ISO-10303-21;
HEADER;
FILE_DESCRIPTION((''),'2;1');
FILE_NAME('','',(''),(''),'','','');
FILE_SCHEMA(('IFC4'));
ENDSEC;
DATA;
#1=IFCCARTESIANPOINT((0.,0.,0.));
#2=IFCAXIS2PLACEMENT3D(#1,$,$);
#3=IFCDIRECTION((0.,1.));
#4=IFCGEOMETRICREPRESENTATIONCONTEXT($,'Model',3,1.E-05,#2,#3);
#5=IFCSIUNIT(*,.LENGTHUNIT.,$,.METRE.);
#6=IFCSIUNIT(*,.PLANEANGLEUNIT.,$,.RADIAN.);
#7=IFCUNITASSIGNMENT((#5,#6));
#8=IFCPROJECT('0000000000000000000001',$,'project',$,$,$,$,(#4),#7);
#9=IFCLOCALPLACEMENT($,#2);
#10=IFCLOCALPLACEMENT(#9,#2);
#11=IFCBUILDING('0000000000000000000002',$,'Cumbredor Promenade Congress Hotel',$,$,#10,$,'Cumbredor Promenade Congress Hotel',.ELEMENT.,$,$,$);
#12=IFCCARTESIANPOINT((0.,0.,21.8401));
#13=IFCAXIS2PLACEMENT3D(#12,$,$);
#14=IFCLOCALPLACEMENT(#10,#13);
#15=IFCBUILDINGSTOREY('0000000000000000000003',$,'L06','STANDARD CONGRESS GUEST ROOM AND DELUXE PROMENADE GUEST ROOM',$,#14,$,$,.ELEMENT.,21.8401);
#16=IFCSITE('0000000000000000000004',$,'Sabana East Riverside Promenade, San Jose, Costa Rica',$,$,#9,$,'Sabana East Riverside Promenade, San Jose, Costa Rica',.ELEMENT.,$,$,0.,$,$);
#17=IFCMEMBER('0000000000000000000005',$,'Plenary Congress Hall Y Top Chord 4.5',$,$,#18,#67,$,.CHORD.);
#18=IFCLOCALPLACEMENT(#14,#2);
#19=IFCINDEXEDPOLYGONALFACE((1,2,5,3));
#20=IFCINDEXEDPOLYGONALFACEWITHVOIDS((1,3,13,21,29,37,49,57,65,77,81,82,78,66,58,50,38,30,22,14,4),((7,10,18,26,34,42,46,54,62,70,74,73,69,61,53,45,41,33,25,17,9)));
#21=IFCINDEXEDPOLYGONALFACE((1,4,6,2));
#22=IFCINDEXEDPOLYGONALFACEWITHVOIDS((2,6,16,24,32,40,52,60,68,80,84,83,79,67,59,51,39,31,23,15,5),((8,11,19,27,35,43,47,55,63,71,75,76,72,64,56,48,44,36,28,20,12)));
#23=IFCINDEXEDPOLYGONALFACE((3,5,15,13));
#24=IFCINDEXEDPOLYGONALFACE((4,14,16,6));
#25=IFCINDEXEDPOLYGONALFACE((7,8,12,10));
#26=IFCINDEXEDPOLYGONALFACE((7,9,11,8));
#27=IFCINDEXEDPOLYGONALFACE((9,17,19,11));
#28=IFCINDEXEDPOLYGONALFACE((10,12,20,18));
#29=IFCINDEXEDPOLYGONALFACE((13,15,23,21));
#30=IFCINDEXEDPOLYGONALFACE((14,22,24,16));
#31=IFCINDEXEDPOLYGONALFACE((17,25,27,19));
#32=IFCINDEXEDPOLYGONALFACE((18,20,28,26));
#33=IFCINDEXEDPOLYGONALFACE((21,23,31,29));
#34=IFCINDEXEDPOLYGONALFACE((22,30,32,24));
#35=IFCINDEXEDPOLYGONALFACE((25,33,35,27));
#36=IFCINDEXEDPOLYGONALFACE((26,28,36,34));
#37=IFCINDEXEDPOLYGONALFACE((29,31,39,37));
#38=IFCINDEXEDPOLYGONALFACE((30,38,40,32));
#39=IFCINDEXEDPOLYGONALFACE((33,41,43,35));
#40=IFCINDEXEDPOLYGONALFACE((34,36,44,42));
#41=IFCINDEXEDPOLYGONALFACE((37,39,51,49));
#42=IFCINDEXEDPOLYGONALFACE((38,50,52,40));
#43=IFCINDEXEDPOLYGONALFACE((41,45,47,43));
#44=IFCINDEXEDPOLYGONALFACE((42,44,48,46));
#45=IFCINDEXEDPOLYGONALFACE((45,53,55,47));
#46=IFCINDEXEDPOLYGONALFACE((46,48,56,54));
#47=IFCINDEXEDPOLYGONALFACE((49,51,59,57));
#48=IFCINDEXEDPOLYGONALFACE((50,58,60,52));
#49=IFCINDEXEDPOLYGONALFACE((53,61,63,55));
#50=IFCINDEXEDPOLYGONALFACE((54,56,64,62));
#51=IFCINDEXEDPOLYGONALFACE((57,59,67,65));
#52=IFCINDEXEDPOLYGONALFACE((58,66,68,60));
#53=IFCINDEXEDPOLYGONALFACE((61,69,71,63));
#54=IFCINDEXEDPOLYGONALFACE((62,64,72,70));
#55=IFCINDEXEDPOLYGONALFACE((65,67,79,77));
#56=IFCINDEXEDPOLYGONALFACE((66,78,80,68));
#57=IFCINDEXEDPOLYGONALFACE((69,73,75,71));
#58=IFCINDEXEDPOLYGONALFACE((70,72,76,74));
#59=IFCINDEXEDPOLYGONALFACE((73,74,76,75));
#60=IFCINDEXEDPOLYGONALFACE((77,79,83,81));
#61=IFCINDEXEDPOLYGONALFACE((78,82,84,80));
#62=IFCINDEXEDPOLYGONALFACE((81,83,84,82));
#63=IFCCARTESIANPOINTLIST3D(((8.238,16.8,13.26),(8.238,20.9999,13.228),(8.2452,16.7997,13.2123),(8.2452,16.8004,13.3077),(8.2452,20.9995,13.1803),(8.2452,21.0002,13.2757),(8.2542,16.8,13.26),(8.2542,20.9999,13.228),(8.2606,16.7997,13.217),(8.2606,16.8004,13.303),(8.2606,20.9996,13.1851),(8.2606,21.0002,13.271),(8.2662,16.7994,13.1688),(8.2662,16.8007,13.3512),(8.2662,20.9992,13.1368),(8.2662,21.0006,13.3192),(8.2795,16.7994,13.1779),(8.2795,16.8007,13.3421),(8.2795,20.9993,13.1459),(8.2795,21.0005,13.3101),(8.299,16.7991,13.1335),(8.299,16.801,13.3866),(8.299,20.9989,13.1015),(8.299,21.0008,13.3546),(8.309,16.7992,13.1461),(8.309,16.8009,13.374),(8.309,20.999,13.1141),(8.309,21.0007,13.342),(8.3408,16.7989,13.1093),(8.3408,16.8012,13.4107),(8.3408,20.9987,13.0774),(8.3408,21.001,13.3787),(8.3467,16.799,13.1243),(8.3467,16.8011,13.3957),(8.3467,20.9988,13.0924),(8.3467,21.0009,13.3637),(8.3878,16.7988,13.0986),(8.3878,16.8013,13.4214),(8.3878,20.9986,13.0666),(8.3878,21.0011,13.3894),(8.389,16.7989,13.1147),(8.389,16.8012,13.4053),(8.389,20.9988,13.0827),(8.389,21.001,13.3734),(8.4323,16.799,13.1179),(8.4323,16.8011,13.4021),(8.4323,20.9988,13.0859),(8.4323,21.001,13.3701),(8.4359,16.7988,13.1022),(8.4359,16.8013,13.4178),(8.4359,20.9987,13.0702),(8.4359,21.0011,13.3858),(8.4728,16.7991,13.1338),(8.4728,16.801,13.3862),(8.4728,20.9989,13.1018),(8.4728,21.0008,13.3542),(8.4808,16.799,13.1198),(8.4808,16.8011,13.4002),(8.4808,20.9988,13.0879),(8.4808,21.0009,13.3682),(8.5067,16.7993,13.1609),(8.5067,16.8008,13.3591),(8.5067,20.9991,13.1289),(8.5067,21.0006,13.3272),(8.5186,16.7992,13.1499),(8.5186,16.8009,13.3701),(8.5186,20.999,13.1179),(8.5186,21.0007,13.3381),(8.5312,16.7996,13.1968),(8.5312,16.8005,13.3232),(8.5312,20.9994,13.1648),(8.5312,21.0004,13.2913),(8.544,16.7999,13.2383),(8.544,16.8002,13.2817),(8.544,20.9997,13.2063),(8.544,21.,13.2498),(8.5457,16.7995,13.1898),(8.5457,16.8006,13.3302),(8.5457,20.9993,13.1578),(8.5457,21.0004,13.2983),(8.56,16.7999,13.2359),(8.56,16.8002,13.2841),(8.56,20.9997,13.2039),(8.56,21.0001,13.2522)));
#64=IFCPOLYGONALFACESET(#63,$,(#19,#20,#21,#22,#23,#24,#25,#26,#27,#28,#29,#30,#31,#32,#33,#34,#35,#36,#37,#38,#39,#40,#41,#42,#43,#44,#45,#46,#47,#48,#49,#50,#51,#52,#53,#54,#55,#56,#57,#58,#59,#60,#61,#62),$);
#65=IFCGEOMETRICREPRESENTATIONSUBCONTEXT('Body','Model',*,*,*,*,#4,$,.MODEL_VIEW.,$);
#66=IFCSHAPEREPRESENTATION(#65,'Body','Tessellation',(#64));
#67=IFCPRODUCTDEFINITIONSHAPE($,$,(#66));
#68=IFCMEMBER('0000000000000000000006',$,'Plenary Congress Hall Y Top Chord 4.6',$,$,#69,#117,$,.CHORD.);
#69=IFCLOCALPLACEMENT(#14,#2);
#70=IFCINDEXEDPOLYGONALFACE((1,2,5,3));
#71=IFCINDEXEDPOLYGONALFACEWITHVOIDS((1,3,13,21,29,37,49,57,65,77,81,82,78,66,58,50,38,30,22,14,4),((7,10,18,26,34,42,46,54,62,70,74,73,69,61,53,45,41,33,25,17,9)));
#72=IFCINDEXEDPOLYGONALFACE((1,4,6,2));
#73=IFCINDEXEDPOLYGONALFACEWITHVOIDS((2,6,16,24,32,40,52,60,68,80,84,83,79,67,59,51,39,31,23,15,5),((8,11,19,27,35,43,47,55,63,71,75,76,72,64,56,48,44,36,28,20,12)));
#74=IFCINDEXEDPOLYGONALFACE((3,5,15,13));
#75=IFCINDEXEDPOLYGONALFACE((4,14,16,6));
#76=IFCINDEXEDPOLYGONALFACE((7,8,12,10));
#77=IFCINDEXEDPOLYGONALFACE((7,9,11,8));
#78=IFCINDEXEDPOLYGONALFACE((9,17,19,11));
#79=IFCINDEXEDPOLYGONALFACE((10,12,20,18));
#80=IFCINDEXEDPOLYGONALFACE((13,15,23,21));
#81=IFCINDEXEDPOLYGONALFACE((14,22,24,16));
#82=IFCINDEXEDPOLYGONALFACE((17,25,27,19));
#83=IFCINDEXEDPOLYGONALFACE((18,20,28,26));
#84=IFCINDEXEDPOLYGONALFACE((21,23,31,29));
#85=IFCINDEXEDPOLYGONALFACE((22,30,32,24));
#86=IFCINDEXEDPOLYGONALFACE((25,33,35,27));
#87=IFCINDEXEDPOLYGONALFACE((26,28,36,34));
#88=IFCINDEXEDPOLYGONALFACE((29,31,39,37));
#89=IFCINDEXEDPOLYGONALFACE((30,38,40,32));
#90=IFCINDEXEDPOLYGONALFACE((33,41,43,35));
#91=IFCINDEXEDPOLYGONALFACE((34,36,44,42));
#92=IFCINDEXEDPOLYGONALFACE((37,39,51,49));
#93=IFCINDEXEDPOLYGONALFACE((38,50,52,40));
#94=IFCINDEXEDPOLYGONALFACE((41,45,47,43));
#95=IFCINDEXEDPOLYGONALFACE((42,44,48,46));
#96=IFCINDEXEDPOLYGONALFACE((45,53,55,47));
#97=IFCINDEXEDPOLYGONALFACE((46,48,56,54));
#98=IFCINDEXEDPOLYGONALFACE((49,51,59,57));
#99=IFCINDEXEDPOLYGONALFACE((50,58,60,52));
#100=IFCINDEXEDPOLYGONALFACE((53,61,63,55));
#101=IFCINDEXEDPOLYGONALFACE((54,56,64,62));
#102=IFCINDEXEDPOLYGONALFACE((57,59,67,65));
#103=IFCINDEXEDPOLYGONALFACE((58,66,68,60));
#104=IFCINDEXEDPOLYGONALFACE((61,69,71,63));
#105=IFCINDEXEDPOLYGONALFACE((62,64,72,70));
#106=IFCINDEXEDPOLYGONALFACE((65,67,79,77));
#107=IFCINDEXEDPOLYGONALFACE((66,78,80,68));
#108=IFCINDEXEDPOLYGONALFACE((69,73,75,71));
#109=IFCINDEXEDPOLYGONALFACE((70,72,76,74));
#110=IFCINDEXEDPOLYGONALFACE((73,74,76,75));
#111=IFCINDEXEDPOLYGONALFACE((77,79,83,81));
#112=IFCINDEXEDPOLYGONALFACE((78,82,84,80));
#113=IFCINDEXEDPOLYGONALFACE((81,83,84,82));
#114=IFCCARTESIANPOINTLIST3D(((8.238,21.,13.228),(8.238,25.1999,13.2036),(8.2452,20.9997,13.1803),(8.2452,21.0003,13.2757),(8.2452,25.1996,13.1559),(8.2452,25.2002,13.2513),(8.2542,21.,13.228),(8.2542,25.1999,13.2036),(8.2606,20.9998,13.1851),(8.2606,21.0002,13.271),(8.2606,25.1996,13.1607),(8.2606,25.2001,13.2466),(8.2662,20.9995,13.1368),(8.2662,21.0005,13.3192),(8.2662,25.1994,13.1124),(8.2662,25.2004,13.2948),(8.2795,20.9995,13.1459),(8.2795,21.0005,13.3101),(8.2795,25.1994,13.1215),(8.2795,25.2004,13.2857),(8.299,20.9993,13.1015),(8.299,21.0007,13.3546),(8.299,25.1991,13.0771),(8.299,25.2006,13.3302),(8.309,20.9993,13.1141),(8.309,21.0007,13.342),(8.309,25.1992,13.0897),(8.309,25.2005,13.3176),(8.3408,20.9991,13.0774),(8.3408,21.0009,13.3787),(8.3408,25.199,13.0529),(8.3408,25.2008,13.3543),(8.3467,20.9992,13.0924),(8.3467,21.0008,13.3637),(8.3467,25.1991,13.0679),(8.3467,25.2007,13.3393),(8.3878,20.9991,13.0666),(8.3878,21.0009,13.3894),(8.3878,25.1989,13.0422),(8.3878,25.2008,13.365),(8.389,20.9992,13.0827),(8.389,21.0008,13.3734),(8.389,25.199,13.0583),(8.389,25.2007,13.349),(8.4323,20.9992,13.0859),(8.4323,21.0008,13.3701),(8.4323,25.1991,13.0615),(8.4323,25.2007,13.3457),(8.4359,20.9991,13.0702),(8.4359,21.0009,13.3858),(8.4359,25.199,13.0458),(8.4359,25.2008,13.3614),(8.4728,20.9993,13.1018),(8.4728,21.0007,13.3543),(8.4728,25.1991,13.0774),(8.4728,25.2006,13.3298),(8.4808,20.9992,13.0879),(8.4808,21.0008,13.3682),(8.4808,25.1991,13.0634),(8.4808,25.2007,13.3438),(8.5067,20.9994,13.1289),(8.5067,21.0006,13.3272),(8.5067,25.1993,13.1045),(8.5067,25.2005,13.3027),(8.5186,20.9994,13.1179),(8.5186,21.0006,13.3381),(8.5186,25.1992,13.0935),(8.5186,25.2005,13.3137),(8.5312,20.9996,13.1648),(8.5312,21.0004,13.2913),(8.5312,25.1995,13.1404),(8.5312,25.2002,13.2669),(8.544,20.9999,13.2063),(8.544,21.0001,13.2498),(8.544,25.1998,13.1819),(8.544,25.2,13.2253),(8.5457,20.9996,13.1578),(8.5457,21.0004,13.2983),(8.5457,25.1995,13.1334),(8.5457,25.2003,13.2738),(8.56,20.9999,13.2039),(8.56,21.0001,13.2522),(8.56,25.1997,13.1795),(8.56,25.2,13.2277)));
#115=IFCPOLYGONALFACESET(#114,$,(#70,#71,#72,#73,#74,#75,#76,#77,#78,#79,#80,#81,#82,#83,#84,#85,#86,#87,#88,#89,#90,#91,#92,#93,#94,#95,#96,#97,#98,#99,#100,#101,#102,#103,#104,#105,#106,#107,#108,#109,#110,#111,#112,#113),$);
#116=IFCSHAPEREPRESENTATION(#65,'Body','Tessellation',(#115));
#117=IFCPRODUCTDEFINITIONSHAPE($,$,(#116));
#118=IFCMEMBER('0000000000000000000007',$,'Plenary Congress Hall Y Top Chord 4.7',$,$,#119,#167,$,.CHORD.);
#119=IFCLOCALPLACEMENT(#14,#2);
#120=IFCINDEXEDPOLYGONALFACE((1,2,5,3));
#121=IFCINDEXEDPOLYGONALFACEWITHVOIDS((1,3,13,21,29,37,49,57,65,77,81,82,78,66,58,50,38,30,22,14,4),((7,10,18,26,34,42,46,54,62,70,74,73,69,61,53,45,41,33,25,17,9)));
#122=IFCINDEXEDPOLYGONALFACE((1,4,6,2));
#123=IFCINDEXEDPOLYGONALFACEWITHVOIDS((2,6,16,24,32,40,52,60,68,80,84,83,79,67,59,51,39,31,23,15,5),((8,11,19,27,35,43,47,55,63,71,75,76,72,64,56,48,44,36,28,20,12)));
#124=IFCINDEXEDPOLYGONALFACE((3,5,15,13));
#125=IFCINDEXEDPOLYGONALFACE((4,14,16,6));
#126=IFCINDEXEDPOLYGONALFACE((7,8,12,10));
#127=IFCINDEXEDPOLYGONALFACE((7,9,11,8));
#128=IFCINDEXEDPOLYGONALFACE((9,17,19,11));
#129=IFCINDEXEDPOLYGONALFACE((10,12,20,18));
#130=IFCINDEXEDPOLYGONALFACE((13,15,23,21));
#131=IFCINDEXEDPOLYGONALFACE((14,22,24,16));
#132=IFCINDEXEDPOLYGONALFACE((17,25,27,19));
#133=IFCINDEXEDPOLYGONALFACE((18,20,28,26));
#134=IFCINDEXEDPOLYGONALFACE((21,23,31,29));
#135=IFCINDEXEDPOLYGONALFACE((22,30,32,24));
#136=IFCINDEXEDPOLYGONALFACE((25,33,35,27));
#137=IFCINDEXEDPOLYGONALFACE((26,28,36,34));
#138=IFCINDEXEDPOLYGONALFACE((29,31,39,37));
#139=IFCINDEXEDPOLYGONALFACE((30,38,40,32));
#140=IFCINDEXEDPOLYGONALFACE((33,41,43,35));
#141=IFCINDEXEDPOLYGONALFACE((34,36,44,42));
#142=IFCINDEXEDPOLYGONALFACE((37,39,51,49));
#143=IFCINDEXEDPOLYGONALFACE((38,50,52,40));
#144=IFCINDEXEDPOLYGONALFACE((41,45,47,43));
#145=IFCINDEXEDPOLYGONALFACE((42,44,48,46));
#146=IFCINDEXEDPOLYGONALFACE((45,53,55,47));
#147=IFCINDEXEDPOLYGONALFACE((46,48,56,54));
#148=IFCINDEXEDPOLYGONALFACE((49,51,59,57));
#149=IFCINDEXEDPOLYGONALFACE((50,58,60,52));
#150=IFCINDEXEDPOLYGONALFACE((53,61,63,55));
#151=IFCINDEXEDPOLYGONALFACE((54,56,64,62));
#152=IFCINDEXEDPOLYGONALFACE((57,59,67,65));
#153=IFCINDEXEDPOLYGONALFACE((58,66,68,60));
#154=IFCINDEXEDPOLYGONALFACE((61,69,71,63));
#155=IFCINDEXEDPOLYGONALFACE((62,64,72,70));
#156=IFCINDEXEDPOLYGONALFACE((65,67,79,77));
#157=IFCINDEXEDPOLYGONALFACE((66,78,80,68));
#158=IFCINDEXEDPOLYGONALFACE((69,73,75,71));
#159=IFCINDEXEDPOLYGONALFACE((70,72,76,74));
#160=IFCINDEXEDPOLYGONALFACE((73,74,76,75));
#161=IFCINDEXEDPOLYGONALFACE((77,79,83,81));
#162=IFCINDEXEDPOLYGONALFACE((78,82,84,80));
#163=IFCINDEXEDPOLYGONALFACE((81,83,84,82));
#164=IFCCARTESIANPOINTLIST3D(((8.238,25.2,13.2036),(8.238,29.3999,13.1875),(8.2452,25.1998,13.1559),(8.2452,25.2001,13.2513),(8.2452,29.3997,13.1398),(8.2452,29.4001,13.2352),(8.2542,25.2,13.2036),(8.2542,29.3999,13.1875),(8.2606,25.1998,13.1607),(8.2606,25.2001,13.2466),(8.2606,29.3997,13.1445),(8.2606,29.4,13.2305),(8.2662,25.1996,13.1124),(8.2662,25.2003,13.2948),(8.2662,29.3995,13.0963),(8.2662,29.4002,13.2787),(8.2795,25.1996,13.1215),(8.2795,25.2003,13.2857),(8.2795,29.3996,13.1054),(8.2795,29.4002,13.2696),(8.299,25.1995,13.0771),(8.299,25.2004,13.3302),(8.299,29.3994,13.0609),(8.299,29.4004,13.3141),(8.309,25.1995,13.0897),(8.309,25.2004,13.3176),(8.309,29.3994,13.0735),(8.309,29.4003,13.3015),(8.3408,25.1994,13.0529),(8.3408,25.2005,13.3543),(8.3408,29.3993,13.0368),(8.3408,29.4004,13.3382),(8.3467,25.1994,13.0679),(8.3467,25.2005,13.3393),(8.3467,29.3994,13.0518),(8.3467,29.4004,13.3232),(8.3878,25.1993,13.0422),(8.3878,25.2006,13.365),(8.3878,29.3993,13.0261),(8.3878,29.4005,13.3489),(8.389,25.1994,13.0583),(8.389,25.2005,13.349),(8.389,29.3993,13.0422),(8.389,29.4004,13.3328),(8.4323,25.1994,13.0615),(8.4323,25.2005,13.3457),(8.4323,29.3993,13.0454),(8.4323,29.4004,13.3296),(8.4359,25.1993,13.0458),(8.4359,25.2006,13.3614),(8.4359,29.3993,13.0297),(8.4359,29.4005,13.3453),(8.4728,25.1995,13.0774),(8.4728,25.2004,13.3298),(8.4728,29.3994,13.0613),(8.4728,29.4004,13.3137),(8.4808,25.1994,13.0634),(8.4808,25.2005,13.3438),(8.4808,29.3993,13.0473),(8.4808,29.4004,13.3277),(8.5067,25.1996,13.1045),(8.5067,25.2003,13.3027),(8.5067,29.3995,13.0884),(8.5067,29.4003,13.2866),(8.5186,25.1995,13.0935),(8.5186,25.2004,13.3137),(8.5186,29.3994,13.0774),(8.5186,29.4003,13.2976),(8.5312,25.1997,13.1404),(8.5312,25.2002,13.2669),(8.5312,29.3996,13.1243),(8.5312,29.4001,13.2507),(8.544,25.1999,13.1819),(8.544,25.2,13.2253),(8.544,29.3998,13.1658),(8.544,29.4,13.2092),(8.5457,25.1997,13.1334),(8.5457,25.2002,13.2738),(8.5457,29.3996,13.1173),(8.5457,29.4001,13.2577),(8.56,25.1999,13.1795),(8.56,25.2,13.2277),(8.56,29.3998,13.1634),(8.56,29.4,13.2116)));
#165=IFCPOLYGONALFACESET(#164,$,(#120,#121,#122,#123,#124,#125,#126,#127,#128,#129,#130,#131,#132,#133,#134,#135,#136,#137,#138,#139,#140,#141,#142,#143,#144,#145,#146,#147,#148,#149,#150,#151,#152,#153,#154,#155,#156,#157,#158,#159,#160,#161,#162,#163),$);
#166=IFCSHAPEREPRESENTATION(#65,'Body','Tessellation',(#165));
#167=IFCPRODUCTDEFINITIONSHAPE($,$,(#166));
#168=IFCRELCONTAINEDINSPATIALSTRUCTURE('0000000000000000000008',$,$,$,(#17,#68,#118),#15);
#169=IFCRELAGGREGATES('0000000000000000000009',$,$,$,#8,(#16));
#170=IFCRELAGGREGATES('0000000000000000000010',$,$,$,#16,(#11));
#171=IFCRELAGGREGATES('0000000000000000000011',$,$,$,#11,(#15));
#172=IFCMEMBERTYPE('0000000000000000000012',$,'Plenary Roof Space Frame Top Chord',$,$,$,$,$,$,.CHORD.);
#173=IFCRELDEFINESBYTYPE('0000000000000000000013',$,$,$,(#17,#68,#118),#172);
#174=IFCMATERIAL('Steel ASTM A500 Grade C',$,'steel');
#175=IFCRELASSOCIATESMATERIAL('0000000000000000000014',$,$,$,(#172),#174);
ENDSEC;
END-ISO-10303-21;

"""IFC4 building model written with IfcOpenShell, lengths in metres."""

from ifc_helpers import new_model, si_unit, direction, frame, origin, origin_2d, place, context, subcontext, project, spatial, hollow_circle, extrude, material, material_profile, profile_set, type_object, element, save


model = new_model("IFC4")

# Units and contexts
model_context = context("Model", 3, precision=1e-05, world=origin(), true_north=direction((0.0, 1.0)))
body_context = subcontext(model_context, "Body", "Model", "MODEL_VIEW")
ifc_project = project(units=[si_unit("LENGTHUNIT", "METRE"), si_unit("PLANEANGLEUNIT", "RADIAN")], contexts=[model_context])

# Site, building, storey
site_placement = place(None, origin())
site = spatial("IfcSite", under=ifc_project, at=site_placement, Name="Sabana East Riverside Promenade, San Jose, Costa Rica", LongName="Sabana East Riverside Promenade, San Jose, Costa Rica", CompositionType="ELEMENT", RefElevation=0.0)
building_placement = place(site_placement, origin())
building = spatial("IfcBuilding", under=site, at=building_placement, Name="Cumbredor Promenade Congress Hotel", LongName="Cumbredor Promenade Congress Hotel", CompositionType="ELEMENT")
storey_placement = place(building_placement, frame((0.0, 0.0, 21.8401)))
storey = spatial("IfcBuildingStorey", under=building, at=storey_placement, Name="L06", Description="STANDARD CONGRESS GUEST ROOM AND DELUXE PROMENADE GUEST ROOM", CompositionType="ELEMENT", Elevation=21.8401)

# Members
ifc_material_1 = material(Name="Steel ASTM A500 Grade C", Category="steel")
ifc_material_profile_1 = material_profile(ifc_material_1, hollow_circle(Radius=0.1619, WallThickness=0.0161, at=origin_2d()), Name="CHS 323.9x16")
ifc_profile_set_1 = profile_set([ifc_material_profile_1], Name="Steel ASTM A500 Grade C")
member_type_1 = type_object("IfcMemberType", Name="Plenary Roof Space Frame Top Chord", PredefinedType="CHORD", material=ifc_profile_set_1)
for number, where, z_axis, x_axis, name in (
    (1, (8.3999, 16.8, 13.26), (0.0, 0.999971, -0.007615), (-1.0, 0.0, 0.0), "Plenary Congress Hall Y Top Chord 4.5"),
    (2, (8.3999, 21.0, 13.228), (0.0, 0.999983, -0.005813), (-1.0, 0.0, 0.0), "Plenary Congress Hall Y Top Chord 4.6"),
    (3, (8.3999, 25.2, 13.2036), (0.0, 0.999993, -0.003837), (-1.0, 0.0, 0.0), "Plenary Congress Hall Y Top Chord 4.7"),
):
    element("IfcMember", number, at=place(storey_placement, frame(where, z_axis=z_axis, x_axis=x_axis)), inside=storey, type_object=member_type_1, Name=name, PredefinedType="CHORD", context=body_context, shape_type="SweptSolid", body=[
        extrude(hollow_circle(Radius=0.1619, WallThickness=0.0161, at=origin_2d()), origin(), (0.0, 0.0, 1.0), 4.2),
    ])

save(model, "model.ifc")
